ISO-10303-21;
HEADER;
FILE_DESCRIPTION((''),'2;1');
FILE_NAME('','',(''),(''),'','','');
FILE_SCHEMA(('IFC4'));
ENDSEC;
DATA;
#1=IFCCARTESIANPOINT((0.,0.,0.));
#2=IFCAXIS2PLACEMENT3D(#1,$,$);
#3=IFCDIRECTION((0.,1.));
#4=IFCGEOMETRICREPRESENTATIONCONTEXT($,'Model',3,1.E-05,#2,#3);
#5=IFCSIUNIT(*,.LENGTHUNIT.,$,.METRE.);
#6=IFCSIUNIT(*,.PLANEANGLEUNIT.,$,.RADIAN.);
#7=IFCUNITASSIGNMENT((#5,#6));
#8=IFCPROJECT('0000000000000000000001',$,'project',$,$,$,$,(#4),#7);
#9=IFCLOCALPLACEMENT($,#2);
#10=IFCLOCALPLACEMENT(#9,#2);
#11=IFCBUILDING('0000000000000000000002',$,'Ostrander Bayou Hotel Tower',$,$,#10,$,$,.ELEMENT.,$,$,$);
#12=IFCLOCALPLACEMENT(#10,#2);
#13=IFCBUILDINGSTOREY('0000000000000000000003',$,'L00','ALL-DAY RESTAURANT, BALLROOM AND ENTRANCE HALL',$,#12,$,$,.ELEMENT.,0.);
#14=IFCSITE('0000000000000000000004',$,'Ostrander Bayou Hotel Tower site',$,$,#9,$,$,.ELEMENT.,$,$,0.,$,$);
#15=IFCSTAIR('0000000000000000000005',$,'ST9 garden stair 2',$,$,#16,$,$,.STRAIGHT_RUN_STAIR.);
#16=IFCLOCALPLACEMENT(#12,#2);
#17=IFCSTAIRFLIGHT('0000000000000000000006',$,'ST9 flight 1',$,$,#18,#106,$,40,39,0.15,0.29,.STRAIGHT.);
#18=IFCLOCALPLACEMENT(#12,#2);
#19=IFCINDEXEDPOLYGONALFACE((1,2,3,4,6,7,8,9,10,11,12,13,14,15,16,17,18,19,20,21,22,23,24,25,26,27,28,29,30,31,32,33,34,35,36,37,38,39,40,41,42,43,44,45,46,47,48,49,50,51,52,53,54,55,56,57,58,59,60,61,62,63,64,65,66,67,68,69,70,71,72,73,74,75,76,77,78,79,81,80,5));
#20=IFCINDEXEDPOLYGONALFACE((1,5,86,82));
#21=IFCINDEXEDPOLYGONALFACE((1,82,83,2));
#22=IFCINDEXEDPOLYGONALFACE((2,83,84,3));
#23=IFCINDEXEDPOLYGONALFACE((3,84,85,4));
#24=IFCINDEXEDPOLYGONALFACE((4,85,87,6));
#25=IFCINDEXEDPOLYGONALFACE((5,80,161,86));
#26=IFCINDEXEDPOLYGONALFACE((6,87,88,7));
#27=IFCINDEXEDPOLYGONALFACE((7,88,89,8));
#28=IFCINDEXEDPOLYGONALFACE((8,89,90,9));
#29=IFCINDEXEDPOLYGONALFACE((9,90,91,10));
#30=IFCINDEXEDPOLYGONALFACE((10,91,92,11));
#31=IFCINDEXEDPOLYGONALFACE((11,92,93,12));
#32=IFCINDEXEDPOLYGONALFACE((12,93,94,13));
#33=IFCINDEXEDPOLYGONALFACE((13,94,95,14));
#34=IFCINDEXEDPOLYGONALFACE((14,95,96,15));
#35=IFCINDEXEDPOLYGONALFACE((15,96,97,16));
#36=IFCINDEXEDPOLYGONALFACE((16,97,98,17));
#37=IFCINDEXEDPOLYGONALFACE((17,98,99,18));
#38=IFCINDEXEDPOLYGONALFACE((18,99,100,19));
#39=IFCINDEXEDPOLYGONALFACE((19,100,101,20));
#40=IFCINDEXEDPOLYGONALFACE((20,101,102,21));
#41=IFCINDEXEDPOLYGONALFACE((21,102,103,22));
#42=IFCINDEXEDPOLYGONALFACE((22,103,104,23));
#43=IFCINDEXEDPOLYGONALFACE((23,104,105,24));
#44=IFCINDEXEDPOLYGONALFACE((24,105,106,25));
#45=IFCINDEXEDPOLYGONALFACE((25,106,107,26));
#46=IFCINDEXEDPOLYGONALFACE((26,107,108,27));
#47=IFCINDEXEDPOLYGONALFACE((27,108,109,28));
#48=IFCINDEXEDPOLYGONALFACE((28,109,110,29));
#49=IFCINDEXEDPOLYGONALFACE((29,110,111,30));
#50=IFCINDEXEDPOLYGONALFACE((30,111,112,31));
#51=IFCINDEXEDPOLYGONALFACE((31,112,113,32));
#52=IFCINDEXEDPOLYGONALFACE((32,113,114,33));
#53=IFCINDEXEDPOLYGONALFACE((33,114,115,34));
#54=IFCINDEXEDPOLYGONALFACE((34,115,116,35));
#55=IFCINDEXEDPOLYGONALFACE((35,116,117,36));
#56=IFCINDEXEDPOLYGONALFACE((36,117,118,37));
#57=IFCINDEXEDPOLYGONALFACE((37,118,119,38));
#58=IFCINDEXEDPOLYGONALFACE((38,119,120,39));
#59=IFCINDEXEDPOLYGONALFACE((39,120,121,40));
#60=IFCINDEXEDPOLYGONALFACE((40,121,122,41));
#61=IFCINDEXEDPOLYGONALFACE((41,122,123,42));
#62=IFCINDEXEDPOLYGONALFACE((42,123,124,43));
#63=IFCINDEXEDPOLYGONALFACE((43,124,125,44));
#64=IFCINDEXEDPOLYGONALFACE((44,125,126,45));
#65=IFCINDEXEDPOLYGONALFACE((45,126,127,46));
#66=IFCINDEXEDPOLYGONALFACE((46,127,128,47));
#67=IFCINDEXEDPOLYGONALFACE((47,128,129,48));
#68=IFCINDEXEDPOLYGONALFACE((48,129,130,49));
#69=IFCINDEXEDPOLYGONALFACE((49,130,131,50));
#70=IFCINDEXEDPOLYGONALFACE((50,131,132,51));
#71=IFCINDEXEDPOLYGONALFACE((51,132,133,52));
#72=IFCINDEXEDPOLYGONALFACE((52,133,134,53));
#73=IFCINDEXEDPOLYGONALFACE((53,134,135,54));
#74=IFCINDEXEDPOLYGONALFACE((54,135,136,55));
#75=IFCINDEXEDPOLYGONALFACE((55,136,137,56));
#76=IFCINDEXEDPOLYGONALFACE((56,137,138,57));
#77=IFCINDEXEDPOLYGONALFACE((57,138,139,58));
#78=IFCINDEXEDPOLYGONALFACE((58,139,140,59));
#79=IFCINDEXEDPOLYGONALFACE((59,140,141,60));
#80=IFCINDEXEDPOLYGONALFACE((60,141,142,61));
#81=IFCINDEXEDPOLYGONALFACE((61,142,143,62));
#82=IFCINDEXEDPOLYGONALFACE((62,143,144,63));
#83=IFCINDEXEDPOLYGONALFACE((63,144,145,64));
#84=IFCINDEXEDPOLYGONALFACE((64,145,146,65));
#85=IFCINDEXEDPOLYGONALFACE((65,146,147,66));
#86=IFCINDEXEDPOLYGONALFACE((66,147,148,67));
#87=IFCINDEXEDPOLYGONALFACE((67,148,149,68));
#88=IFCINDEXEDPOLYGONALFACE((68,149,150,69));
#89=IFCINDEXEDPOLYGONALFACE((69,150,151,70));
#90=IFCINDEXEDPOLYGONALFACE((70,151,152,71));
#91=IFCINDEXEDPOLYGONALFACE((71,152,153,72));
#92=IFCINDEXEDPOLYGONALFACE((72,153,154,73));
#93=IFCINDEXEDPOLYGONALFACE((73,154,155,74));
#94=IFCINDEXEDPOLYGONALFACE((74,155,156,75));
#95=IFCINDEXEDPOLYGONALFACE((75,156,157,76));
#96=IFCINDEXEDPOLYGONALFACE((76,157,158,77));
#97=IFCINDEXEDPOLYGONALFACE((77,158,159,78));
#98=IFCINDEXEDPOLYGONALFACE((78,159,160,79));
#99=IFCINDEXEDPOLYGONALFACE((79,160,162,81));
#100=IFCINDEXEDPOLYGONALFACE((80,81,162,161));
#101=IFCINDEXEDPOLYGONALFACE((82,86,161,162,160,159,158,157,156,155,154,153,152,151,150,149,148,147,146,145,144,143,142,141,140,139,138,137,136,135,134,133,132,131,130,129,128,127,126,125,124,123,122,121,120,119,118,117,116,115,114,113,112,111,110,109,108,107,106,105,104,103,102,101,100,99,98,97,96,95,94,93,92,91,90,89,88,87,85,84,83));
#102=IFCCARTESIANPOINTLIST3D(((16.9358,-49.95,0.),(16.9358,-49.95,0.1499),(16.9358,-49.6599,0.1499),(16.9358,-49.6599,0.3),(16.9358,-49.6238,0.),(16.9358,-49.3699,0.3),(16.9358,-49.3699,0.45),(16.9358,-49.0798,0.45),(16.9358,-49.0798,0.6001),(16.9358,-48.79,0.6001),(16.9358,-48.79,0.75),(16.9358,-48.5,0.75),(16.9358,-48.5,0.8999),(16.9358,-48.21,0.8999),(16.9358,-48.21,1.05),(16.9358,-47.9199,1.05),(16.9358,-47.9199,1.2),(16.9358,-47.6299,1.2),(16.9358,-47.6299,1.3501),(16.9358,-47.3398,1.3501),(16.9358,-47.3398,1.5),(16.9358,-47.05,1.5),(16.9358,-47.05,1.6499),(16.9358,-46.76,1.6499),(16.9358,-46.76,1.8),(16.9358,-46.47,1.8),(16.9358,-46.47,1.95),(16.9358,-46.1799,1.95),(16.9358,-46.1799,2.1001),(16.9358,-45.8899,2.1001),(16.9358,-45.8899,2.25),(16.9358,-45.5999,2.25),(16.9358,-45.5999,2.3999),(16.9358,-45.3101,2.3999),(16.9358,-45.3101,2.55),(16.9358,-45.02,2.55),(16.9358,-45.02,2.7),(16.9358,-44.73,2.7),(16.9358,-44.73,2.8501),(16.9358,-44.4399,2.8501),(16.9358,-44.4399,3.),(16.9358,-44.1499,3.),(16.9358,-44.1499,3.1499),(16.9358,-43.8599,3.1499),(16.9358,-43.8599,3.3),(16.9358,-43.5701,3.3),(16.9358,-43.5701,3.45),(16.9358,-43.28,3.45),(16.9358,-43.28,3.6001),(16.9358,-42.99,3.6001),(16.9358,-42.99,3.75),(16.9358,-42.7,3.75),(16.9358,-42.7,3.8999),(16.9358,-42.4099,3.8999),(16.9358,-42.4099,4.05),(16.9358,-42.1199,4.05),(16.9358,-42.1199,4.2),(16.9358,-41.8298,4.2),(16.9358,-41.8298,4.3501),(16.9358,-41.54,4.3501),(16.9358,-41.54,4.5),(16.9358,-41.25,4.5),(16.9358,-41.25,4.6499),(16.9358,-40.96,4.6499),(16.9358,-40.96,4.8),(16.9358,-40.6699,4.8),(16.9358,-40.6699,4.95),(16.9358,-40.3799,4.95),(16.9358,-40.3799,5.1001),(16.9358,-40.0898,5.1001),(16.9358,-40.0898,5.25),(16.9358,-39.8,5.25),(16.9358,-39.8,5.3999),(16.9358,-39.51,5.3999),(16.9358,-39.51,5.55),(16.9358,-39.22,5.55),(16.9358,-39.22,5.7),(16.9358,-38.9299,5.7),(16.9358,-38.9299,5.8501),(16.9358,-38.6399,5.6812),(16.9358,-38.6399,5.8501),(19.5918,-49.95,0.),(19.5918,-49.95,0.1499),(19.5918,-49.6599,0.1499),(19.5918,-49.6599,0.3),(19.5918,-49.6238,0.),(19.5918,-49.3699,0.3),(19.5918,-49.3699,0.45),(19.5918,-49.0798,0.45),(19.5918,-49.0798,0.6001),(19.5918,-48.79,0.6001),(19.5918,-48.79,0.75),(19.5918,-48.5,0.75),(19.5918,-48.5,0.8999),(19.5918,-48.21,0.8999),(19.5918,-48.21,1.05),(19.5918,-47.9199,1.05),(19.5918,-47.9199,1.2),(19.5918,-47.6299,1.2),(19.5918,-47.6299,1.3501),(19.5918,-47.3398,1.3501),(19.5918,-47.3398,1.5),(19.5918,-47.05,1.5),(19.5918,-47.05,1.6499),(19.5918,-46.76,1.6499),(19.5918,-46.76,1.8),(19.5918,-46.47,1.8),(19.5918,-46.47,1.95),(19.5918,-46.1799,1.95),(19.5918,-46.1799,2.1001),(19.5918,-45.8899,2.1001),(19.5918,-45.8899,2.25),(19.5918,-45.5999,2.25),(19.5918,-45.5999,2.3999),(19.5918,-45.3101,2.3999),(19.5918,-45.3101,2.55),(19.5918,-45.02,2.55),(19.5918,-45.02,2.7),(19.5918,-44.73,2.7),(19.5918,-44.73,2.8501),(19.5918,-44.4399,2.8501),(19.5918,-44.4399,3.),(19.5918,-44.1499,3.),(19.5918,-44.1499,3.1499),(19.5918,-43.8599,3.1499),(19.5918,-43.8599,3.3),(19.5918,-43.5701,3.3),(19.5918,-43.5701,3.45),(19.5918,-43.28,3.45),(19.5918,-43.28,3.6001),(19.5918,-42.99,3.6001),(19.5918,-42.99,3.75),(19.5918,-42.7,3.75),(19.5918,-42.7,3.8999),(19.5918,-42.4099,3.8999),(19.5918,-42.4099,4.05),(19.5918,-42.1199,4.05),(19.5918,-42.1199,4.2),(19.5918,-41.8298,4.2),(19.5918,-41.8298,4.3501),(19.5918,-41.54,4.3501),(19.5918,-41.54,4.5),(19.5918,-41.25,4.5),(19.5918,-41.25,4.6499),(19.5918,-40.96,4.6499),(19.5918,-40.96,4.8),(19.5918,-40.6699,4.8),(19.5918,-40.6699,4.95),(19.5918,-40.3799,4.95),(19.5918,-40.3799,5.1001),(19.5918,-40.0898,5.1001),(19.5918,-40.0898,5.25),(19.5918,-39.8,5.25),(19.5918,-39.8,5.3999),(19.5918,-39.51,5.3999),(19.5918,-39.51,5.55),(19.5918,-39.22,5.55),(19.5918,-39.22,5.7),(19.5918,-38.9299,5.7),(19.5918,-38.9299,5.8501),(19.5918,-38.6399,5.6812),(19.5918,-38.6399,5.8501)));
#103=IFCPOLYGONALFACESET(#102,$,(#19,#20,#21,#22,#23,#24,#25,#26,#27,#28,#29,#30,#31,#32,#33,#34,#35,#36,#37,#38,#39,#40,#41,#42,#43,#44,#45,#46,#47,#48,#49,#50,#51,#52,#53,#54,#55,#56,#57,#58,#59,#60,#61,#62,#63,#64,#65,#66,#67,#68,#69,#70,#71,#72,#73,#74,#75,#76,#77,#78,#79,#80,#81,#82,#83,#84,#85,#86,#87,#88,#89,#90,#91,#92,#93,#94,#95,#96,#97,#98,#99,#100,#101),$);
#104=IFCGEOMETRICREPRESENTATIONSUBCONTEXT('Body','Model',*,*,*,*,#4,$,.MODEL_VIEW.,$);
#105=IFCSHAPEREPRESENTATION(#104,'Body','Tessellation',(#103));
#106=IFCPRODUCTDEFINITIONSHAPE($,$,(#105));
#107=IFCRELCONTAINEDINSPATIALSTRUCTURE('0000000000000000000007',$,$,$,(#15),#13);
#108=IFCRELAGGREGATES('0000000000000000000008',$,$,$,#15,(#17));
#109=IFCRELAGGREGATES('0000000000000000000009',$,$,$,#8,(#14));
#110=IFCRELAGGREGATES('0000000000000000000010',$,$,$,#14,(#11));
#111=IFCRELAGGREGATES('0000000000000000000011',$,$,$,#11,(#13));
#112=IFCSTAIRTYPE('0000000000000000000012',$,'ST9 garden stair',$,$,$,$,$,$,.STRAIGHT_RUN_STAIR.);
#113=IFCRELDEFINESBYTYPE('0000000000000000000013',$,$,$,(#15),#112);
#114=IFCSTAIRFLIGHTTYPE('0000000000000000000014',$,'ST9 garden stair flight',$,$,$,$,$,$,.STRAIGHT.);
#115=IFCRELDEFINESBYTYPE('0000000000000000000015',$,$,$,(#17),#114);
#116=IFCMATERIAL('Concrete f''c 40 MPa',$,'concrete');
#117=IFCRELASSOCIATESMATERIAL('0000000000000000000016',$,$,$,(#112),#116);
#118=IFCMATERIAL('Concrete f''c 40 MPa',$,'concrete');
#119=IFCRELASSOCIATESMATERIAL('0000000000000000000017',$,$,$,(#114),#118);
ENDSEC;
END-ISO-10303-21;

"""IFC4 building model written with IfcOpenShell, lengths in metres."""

from ifc_helpers import new_model, si_unit, direction, frame, origin, place, context, subcontext, project, spatial, polyline, outline, extrude, material, type_object, element, aggregate, save


model = new_model("IFC4")

# Units and contexts
model_context = context("Model", 3, precision=1e-05, world=origin(), true_north=direction((0.0, 1.0)))
body_context = subcontext(model_context, "Body", "Model", "MODEL_VIEW")
ifc_project = project(units=[si_unit("LENGTHUNIT", "METRE"), si_unit("PLANEANGLEUNIT", "RADIAN")], contexts=[model_context])

# Site, building, storey
site_placement = place(None, origin())
site = spatial("IfcSite", under=ifc_project, at=site_placement, Name="Ostrander Bayou Hotel Tower site", CompositionType="ELEMENT", RefElevation=0.0)
building_placement = place(site_placement, origin())
building = spatial("IfcBuilding", under=site, at=building_placement, Name="Ostrander Bayou Hotel Tower", CompositionType="ELEMENT")
storey_placement = place(building_placement, origin())
storey = spatial("IfcBuildingStorey", under=building, at=storey_placement, Name="L00", Description="ALL-DAY RESTAURANT, BALLROOM AND ENTRANCE HALL", CompositionType="ELEMENT", Elevation=0.0)

# Stair, stair flight
ifc_material_1 = material(Name="Concrete f'c 40 MPa", Category="concrete")
stair_type = type_object("IfcStairType", Name="ST9 garden stair", PredefinedType="STRAIGHT_RUN_STAIR", material=ifc_material_1)
ifc_material_2 = material(Name="Concrete f'c 40 MPa", Category="concrete")
stair_flight_type = type_object("IfcStairFlightType", Name="ST9 garden stair flight", PredefinedType="STRAIGHT", material=ifc_material_2)
stair_1_placement = place(storey_placement, origin())
stair_1 = element("IfcStair", 1, at=stair_1_placement, inside=storey, type_object=stair_type, Name="ST9 garden stair 2", PredefinedType="STRAIGHT_RUN_STAIR")
stair_flight_1_placement = place(storey_placement, frame((18.2639, -49.95, 0.0), z_axis=(0.0, 0.0, 1.0), x_axis=(0.0, 1.0, 0.0)))
stair_flight_1 = element("IfcStairFlight", 2, at=stair_flight_1_placement, type_object=stair_flight_type, Name="ST9 flight 1", NumberOfRisers=40, NumberOfTreads=39, PredefinedType="STRAIGHT", RiserHeight=0.15, TreadLength=0.29, context=body_context, shape_type="SweptSolid", body=[
    extrude(outline(polyline([(0.0, 0.0), (0.0, 0.1499), (0.29, 0.1499), (0.29, 0.3), (0.5801, 0.3), (0.5801, 0.45), (0.8701, 0.45), (0.8701, 0.6001), (1.1599, 0.6001), (1.1599, 0.75), (1.45, 0.75), (1.45, 0.8999), (1.74, 0.8999), (1.74, 1.05), (2.03, 1.05), (2.03, 1.2), (2.3201, 1.2), (2.3201, 1.3501), (2.6101, 1.3501), (2.6101, 1.5), (2.8999, 1.5), (2.8999, 1.6499), (3.1899, 1.6499), (3.1899, 1.8), (3.48, 1.8), (3.48, 1.95), (3.77, 1.95), (3.77, 2.1001), (4.0601, 2.1001), (4.0601, 2.25), (4.3501, 2.25), (4.3501, 2.3999), (4.6399, 2.3999), (4.6399, 2.55), (4.9299, 2.55), (4.9299, 2.7), (5.22, 2.7), (5.22, 2.8501), (5.51, 2.8501), (5.51, 3.0), (5.8, 3.0), (5.8, 3.1499), (6.0901, 3.1499), (6.0901, 3.3), (6.3799, 3.3), (6.3799, 3.45), (6.6699, 3.45), (6.6699, 3.6001), (6.96, 3.6001), (6.96, 3.75), (7.25, 3.75), (7.25, 3.8999), (7.54, 3.8999), (7.54, 4.05), (7.8301, 4.05), (7.8301, 4.2), (8.1201, 4.2), (8.1201, 4.3501), (8.4099, 4.3501), (8.4099, 4.5), (8.7, 4.5), (8.7, 4.6499), (8.99, 4.6499), (8.99, 4.8), (9.28, 4.8), (9.28, 4.95), (9.5701, 4.95), (9.5701, 5.1001), (9.8601, 5.1001), (9.8601, 5.25), (10.1499, 5.25), (10.1499, 5.3999), (10.4399, 5.3999), (10.4399, 5.55), (10.73, 5.55), (10.73, 5.7), (11.02, 5.7), (11.02, 5.8501), (11.3101, 5.8501), (11.3101, 6.0), (11.3101, 5.6812), (0.3262, 0.0), (0.0, 0.0)])), frame((0.0, 1.3281, 0.0), z_axis=(0.0, -1.0, 0.0), x_axis=(1.0, 0.0, 0.0)), (0.0, 0.0, 1.0), 2.656),
])
aggregate(stair_1, [stair_flight_1])

save(model, "model.ifc")
